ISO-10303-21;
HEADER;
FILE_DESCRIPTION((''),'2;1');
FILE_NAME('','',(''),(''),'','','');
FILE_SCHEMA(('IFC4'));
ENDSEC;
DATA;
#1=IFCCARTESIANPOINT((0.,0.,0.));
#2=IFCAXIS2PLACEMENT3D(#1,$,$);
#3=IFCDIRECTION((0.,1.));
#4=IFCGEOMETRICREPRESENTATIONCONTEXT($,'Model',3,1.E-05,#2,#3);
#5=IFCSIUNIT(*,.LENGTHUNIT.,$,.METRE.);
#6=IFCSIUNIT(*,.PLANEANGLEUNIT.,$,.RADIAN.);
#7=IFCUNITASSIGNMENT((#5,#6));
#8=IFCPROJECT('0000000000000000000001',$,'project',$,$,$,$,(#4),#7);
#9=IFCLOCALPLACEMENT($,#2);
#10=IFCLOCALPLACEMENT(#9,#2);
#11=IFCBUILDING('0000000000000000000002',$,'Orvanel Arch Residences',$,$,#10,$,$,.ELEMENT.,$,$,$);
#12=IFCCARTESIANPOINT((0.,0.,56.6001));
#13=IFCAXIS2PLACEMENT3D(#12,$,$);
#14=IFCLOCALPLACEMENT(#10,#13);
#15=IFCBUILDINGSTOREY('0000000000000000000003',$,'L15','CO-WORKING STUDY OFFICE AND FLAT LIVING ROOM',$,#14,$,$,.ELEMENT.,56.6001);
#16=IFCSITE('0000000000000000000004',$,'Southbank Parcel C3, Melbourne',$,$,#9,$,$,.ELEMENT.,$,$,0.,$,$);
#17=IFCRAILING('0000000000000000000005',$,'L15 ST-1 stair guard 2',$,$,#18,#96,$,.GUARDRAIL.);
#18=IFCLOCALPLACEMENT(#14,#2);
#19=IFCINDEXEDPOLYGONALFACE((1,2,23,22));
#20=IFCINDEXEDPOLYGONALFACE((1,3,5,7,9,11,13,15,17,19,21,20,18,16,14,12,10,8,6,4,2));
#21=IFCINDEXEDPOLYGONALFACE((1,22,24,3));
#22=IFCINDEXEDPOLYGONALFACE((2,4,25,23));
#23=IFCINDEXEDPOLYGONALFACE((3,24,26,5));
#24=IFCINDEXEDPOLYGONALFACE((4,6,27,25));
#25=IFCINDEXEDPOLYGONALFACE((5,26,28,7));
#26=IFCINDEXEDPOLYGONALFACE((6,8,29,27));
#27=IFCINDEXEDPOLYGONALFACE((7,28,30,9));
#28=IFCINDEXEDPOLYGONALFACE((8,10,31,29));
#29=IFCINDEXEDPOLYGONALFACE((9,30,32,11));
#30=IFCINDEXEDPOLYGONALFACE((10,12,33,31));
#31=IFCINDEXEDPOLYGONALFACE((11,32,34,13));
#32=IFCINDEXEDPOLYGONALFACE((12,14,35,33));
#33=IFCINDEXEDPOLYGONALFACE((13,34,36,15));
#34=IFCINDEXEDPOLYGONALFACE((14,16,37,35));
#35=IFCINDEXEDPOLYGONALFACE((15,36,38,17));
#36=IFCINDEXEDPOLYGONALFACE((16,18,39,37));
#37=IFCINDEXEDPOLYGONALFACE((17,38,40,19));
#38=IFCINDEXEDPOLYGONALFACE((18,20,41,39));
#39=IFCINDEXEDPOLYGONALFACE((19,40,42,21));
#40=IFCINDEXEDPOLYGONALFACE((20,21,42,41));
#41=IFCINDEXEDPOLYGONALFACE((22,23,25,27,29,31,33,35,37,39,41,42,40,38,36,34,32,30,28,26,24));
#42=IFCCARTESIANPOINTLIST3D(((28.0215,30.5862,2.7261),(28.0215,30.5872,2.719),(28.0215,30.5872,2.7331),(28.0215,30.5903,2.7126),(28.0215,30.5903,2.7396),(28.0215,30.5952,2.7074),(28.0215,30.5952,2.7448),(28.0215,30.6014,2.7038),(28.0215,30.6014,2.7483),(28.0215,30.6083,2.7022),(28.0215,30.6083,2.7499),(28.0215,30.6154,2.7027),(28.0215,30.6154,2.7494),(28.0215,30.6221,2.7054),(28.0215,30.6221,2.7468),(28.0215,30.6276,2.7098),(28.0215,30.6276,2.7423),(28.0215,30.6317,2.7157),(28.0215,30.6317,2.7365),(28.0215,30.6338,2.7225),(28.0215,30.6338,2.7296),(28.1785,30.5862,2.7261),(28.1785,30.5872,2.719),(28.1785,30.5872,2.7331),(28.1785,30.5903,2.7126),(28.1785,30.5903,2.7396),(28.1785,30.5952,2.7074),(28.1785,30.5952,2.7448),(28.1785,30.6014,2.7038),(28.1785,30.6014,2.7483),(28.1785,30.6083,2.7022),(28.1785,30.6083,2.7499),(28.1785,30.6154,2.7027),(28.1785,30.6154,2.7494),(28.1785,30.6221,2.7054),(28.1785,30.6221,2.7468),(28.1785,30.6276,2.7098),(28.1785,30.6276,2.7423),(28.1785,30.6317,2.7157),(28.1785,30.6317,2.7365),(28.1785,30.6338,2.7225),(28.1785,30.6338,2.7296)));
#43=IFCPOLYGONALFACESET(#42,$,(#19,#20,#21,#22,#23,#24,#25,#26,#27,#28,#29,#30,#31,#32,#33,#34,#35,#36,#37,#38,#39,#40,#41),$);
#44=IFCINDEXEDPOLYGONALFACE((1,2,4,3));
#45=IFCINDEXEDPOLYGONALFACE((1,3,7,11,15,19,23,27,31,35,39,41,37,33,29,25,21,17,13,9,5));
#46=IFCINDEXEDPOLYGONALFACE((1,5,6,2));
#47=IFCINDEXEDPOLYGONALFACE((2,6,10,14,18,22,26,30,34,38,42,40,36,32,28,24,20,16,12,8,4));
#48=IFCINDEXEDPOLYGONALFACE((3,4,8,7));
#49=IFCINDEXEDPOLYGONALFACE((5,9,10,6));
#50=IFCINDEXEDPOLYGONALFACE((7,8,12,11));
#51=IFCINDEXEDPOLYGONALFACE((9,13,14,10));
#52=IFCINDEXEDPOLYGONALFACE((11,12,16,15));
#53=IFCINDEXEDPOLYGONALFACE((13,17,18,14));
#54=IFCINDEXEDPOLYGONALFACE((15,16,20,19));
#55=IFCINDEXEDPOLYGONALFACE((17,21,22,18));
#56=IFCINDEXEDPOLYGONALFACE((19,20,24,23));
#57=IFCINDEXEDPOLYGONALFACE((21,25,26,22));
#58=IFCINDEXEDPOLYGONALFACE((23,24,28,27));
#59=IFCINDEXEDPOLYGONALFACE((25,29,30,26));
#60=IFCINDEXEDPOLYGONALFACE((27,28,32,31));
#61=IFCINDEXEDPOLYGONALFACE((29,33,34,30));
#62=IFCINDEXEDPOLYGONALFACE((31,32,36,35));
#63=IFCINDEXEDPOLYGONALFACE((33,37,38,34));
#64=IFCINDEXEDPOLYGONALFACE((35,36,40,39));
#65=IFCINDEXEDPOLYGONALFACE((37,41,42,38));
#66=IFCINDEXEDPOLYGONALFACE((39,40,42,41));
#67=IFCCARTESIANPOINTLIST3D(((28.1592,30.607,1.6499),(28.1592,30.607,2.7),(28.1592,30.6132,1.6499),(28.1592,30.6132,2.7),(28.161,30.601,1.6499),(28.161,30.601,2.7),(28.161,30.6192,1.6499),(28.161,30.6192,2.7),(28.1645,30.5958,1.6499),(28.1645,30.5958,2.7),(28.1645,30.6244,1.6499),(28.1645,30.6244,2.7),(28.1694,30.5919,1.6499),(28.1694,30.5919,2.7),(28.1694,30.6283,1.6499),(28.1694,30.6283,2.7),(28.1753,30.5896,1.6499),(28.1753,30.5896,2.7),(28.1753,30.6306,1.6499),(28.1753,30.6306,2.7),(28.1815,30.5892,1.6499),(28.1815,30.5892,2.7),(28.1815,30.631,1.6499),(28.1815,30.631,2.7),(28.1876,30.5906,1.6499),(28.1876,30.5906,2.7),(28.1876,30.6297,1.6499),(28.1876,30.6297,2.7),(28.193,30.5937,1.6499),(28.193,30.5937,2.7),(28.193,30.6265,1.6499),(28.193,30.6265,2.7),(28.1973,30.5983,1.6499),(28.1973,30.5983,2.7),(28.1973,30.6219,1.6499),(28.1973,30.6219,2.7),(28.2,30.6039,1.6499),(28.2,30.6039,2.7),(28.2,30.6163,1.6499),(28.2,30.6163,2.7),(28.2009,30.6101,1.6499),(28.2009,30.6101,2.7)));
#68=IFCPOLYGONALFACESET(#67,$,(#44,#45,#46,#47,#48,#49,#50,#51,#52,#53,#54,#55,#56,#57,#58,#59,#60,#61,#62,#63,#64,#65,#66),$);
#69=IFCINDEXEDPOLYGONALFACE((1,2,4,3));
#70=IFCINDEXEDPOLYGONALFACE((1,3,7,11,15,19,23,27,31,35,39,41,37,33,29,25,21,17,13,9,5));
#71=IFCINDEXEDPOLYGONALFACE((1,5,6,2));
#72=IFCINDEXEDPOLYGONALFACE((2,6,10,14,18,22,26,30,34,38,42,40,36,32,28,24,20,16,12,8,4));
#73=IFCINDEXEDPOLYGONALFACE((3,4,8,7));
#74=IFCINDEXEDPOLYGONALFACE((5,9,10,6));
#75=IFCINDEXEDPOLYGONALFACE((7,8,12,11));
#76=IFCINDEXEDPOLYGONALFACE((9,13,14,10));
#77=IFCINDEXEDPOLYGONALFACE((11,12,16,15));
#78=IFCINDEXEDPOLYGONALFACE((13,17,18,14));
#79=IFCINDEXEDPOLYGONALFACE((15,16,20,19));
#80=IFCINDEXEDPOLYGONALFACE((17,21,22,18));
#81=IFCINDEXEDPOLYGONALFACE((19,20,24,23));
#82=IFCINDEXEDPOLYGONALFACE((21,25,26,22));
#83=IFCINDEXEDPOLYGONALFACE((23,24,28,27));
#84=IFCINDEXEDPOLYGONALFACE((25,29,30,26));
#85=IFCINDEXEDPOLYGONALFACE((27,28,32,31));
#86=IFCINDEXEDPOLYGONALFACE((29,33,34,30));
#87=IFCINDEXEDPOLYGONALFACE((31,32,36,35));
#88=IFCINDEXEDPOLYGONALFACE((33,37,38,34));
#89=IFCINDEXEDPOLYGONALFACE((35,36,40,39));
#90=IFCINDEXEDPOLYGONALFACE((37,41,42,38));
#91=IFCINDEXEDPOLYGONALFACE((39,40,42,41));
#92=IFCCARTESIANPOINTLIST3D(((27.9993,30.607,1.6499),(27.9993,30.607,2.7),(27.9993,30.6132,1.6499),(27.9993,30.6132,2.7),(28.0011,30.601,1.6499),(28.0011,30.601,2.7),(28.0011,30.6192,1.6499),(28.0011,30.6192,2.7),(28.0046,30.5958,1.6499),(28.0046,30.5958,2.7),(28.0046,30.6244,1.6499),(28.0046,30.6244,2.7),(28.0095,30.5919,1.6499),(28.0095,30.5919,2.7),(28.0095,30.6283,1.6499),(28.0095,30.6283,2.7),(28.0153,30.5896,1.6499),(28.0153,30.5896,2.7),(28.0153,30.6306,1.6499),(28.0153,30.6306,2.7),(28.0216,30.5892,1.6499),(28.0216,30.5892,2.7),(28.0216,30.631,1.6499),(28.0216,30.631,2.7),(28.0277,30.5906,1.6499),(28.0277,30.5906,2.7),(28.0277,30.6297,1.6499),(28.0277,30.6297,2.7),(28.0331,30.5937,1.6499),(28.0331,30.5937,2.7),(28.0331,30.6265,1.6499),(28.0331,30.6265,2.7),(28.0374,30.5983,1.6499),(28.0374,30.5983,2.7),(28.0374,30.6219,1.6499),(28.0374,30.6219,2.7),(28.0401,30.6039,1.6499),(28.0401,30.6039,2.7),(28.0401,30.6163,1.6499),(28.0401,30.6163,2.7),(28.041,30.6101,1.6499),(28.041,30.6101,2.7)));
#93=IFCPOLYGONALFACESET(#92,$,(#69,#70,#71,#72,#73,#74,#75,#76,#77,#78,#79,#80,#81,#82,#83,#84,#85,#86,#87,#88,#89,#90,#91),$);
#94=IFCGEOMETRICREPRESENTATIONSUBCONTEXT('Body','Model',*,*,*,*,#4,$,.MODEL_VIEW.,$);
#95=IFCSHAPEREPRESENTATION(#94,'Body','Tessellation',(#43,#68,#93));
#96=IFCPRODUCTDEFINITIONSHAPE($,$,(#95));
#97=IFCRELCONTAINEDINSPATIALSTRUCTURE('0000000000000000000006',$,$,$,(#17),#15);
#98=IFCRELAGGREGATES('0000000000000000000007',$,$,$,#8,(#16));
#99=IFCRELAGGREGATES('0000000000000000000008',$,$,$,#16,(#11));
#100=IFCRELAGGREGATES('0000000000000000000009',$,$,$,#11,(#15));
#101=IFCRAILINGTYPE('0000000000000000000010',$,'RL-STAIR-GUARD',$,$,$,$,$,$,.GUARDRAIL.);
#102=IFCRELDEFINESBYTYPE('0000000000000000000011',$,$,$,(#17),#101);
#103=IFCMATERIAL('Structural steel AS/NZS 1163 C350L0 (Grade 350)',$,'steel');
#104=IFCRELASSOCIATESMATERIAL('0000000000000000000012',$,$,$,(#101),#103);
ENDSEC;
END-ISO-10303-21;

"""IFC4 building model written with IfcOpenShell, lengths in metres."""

from ifc_helpers import new_model, si_unit, direction, frame, origin, origin_2d, place, context, subcontext, project, spatial, circle, extrude, material, type_object, element, save


model = new_model("IFC4")

# Units and contexts
model_context = context("Model", 3, precision=1e-05, world=origin(), true_north=direction((0.0, 1.0)))
body_context = subcontext(model_context, "Body", "Model", "MODEL_VIEW")
ifc_project = project(units=[si_unit("LENGTHUNIT", "METRE"), si_unit("PLANEANGLEUNIT", "RADIAN")], contexts=[model_context])

# Site, building, storey
site_placement = place(None, origin())
site = spatial("IfcSite", under=ifc_project, at=site_placement, Name="Southbank Parcel C3, Melbourne", CompositionType="ELEMENT", RefElevation=0.0)
building_placement = place(site_placement, origin())
building = spatial("IfcBuilding", under=site, at=building_placement, Name="Orvanel Arch Residences", CompositionType="ELEMENT")
storey_placement = place(building_placement, frame((0.0, 0.0, 56.6001)))
storey = spatial("IfcBuildingStorey", under=building, at=storey_placement, Name="L15", Description="CO-WORKING STUDY OFFICE AND FLAT LIVING ROOM", CompositionType="ELEMENT", Elevation=56.6001)

# Railing
ifc_material_1 = material(Name="Structural steel AS/NZS 1163 C350L0 (Grade 350)", Category="steel")
railing_type_1 = type_object("IfcRailingType", Name="RL-STAIR-GUARD", PredefinedType="GUARDRAIL", material=ifc_material_1)
railing_1_placement = place(storey_placement, frame((28.1799, 30.6101, 1.6499)))
element("IfcRailing", 1, at=railing_1_placement, inside=storey, type_object=railing_type_1, Name="L15 ST-1 stair guard 2", PredefinedType="GUARDRAIL", context=body_context, shape_type="SweptSolid", body=[
    extrude(circle(Radius=0.0239, at=origin_2d()), frame((-0.0015, 0.0, 1.0762), z_axis=(-1.0, 0.0, 0.0), x_axis=(0.0, -1.0, 0.0)), (0.0, 0.0, 1.0), 0.157),
    extrude(circle(Radius=0.021, at=origin_2d()), origin(), (0.0, 0.0, 1.0), 1.05),
    extrude(circle(Radius=0.021, at=origin_2d()), frame((-0.1599, 0.0, 0.0)), (0.0, 0.0, 1.0), 1.05),
])

save(model, "model.ifc")
